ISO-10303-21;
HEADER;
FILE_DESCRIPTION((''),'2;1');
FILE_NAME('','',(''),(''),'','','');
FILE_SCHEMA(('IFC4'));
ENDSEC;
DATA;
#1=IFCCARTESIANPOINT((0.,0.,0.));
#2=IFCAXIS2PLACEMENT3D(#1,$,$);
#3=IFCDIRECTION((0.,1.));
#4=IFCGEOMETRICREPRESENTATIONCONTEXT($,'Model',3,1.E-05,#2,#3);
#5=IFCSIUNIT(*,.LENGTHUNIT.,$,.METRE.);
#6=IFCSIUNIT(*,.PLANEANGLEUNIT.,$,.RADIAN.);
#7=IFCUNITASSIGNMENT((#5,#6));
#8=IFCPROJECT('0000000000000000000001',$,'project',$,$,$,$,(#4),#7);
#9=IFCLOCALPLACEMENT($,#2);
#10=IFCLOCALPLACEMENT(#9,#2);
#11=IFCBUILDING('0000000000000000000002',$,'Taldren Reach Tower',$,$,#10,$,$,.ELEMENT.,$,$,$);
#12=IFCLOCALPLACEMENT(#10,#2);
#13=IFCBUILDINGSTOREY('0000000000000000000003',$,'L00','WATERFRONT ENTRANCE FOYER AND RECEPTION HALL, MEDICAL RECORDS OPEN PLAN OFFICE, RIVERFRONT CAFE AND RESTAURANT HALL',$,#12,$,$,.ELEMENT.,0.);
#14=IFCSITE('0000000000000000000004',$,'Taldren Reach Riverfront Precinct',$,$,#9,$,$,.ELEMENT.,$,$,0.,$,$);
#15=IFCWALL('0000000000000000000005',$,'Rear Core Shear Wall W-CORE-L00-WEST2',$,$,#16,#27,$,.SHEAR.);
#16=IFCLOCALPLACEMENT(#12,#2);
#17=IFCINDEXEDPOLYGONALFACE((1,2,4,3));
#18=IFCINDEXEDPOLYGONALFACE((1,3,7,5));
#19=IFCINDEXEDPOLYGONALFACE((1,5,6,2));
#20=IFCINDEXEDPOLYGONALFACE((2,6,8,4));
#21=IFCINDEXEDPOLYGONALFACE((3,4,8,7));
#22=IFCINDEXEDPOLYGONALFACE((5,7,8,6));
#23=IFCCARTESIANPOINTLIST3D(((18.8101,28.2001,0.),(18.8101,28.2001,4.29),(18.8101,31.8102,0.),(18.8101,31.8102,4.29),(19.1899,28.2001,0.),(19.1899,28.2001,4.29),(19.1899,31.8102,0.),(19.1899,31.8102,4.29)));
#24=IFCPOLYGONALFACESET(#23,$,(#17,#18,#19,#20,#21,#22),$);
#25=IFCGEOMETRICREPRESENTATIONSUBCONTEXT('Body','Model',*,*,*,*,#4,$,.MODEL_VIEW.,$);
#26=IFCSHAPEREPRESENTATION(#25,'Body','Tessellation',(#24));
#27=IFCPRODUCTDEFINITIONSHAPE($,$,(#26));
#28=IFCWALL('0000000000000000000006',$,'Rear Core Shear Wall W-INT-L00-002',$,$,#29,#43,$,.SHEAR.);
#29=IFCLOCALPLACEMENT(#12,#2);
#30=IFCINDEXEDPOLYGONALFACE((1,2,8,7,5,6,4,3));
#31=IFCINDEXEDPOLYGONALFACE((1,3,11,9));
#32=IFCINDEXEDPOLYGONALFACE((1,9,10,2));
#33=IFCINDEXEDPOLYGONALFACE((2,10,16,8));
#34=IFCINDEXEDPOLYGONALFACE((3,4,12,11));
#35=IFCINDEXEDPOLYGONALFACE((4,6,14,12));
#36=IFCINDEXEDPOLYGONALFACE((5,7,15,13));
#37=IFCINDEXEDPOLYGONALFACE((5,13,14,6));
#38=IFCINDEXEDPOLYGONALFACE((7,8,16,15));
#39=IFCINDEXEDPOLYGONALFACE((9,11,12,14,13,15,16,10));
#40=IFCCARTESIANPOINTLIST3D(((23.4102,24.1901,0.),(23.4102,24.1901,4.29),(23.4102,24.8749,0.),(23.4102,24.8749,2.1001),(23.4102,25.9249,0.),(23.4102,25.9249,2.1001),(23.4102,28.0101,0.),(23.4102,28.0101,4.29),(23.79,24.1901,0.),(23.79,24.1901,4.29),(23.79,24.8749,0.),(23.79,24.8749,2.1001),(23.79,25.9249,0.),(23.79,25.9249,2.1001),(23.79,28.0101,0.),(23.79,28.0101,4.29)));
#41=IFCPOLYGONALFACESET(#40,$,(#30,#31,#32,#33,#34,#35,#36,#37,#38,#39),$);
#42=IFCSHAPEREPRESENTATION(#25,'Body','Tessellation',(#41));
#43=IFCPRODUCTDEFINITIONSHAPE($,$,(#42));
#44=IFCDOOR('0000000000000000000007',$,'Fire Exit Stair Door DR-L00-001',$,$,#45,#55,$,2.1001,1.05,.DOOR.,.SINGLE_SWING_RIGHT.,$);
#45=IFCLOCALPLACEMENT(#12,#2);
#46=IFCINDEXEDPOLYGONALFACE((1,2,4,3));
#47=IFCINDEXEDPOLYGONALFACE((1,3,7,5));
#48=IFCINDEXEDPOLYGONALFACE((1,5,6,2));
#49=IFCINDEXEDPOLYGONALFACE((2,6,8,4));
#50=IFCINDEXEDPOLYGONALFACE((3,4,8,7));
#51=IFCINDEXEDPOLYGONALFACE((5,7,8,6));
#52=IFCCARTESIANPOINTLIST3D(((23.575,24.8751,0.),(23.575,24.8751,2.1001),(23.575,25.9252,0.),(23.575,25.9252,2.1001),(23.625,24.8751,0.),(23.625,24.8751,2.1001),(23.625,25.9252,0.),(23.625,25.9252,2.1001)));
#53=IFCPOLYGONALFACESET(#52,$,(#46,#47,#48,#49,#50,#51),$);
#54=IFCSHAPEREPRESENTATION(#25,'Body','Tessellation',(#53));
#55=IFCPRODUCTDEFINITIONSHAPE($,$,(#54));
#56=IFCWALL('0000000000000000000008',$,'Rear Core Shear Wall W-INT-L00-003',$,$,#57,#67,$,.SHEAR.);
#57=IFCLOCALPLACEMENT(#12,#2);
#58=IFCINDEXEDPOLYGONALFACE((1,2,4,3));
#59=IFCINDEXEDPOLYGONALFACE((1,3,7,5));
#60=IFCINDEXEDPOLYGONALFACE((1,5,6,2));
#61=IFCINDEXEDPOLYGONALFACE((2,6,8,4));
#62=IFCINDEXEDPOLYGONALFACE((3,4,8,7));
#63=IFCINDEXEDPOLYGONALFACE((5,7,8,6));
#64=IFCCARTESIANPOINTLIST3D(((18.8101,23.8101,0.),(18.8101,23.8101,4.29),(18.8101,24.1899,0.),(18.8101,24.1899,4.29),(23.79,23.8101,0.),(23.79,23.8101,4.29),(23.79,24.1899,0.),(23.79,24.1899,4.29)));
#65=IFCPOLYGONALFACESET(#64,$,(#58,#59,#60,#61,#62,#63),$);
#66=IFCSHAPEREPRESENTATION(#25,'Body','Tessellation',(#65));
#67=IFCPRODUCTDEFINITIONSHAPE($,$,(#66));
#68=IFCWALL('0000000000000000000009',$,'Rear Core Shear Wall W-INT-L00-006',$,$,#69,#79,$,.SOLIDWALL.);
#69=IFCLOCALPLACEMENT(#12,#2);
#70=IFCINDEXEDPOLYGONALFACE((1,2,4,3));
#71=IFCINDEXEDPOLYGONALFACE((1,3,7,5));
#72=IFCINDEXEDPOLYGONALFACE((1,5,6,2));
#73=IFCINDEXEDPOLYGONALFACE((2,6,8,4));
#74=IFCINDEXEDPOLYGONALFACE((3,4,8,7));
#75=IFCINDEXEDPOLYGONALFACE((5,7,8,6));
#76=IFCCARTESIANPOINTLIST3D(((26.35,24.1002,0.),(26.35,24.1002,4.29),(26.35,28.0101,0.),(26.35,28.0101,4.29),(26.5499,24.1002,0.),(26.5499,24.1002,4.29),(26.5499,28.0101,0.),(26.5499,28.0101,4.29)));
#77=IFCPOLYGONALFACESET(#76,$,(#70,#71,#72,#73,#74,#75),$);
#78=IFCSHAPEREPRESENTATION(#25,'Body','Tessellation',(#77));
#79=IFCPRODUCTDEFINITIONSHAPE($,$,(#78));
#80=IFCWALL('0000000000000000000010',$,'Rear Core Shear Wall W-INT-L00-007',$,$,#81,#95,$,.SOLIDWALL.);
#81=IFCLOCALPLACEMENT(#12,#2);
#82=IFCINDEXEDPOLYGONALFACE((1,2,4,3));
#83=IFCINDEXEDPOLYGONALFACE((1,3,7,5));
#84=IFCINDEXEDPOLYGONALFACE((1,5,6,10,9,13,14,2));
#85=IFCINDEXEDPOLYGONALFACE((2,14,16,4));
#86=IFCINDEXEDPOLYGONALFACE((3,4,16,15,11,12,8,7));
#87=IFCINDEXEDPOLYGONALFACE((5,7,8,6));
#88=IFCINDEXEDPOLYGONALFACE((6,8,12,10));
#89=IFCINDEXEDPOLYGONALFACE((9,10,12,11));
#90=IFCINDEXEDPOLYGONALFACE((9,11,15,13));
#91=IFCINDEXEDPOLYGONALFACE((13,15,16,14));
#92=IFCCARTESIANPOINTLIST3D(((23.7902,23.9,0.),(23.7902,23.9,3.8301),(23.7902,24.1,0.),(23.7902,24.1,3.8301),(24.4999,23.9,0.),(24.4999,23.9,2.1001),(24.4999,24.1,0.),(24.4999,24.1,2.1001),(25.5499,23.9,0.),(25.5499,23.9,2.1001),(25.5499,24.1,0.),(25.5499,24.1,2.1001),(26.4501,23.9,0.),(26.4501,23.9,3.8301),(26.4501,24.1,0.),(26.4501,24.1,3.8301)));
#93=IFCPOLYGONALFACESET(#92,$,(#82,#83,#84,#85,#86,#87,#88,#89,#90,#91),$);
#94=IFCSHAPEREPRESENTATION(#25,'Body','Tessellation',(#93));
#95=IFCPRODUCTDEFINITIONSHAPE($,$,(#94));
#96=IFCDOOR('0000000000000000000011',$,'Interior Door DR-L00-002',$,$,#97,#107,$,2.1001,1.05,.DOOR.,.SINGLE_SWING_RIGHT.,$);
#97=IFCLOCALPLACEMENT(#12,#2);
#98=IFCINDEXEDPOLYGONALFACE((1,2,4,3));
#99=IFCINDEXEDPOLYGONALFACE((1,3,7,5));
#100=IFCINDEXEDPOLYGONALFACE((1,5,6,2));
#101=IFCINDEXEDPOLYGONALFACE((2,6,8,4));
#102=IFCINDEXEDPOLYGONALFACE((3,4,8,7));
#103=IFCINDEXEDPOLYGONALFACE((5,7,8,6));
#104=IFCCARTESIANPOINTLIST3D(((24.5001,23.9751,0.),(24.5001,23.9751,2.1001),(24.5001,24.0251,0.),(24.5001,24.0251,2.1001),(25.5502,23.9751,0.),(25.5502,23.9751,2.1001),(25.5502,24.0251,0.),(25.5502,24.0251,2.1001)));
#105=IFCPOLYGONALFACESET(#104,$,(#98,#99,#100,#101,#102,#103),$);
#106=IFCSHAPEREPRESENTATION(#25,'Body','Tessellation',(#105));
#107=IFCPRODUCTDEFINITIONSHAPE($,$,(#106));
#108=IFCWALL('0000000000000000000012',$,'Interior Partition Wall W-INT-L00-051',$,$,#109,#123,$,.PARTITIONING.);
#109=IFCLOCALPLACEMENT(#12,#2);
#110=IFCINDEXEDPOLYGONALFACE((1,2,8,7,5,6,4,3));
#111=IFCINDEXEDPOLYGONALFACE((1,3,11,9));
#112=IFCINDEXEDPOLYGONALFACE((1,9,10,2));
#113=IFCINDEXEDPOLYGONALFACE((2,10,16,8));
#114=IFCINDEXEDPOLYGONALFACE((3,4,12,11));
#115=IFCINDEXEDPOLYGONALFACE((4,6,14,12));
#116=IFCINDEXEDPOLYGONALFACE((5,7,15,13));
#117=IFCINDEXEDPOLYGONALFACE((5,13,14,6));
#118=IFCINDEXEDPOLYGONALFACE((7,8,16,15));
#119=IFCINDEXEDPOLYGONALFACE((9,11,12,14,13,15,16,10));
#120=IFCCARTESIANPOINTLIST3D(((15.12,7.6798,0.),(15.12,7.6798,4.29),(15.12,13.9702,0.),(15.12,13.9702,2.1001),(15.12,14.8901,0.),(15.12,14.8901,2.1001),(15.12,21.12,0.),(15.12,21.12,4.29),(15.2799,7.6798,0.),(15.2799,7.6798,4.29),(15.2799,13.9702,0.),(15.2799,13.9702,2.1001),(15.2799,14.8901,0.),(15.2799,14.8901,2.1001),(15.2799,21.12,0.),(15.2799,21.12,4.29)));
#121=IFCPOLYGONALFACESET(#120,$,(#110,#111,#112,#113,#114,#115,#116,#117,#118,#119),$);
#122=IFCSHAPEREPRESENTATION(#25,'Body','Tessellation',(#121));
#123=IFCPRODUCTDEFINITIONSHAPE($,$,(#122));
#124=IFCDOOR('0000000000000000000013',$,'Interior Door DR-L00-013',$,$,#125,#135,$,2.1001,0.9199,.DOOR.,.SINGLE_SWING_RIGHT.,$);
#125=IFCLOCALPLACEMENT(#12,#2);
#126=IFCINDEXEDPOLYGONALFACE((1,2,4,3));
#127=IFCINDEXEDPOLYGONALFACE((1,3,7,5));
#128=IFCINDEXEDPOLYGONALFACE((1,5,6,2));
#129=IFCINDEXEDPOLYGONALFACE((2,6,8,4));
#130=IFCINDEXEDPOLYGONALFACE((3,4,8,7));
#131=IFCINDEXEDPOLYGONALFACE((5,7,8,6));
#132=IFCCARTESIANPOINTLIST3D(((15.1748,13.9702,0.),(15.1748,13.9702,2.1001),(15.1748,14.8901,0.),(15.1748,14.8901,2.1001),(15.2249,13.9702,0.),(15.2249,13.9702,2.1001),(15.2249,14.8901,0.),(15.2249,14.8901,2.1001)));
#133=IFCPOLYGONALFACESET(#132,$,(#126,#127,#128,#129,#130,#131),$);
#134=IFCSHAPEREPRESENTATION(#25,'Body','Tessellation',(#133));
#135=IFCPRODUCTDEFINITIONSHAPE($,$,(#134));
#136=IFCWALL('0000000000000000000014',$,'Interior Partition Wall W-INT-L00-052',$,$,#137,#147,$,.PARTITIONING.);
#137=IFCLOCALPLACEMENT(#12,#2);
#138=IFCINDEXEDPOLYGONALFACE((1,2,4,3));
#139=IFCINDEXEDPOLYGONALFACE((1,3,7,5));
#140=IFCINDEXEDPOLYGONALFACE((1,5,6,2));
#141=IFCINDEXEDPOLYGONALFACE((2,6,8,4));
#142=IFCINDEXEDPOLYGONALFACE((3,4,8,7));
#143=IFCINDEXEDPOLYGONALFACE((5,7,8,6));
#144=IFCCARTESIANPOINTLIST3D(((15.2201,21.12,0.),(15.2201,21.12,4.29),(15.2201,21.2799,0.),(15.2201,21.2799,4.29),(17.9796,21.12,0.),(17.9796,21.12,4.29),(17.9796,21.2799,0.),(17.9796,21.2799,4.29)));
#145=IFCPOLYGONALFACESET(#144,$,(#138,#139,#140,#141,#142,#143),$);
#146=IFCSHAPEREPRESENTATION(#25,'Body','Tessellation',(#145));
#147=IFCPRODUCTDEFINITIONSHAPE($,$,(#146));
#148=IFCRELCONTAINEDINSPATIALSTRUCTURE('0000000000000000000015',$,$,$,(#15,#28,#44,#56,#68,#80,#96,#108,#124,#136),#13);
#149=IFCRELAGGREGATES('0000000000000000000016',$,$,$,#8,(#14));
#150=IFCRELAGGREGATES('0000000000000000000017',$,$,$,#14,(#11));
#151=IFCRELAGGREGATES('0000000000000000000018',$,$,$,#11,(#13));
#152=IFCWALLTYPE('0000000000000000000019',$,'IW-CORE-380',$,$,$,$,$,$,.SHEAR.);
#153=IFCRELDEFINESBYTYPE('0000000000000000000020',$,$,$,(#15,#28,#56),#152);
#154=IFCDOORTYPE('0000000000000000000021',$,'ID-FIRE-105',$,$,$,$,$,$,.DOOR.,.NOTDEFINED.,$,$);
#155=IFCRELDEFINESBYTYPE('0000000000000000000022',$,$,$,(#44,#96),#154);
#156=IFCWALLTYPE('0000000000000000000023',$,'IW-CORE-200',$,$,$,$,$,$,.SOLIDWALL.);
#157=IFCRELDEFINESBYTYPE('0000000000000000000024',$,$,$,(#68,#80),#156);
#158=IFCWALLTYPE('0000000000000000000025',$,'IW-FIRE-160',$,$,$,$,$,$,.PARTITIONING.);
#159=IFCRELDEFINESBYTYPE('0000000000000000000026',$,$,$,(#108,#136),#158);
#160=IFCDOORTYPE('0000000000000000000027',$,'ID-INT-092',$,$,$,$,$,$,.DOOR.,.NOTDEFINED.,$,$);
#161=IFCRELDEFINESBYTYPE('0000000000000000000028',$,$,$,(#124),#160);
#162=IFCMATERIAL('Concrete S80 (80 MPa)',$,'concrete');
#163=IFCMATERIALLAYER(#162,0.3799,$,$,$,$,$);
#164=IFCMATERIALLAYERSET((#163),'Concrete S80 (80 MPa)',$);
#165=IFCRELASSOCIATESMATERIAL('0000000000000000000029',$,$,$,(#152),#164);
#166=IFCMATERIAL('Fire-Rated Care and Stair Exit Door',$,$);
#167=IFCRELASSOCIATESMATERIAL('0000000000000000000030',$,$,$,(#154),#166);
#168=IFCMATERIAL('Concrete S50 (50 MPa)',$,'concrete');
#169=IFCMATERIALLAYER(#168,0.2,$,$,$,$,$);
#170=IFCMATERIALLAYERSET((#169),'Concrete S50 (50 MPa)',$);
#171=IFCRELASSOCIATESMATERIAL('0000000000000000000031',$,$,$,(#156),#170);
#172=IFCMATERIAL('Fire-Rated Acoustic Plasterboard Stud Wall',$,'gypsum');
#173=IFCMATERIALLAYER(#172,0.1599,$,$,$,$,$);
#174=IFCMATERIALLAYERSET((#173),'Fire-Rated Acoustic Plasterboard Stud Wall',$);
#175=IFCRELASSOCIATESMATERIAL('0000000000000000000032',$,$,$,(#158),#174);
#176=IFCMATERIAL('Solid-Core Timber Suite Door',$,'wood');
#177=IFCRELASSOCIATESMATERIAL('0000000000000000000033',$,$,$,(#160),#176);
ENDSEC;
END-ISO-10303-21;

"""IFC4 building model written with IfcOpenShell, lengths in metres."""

from ifc_helpers import new_model, si_unit, direction, frame, frame_2d, origin, place, context, subcontext, project, spatial, rectangle, extrude, source, transform, mapped, material, layer, layer_set, type_object, element, fill, save


model = new_model("IFC4")

# Units and contexts
model_context = context("Model", 3, precision=1e-05, world=origin(), true_north=direction((0.0, 1.0)))
body_context = subcontext(model_context, "Body", "Model", "MODEL_VIEW")
ifc_project = project(units=[si_unit("LENGTHUNIT", "METRE"), si_unit("PLANEANGLEUNIT", "RADIAN")], contexts=[model_context])

# Site, building, storey
site_placement = place(None, origin())
site = spatial("IfcSite", under=ifc_project, at=site_placement, Name="Taldren Reach Riverfront Precinct", CompositionType="ELEMENT", RefElevation=0.0)
building_placement = place(site_placement, origin())
building = spatial("IfcBuilding", under=site, at=building_placement, Name="Taldren Reach Tower", CompositionType="ELEMENT")
storey_placement = place(building_placement, origin())
storey = spatial("IfcBuildingStorey", under=building, at=storey_placement, Name="L00", Description="WATERFRONT ENTRANCE FOYER AND RECEPTION HALL, MEDICAL RECORDS OPEN PLAN OFFICE, RIVERFRONT CAFE AND RESTAURANT HALL", CompositionType="ELEMENT", Elevation=0.0)

# Shared definitions
ifc_material_1 = material(Name="Concrete S80 (80 MPa)", Category="concrete")
ifc_layer_1 = layer(ifc_material_1, 0.3799)
ifc_layer_set_1 = layer_set([ifc_layer_1], Name="Concrete S80 (80 MPa)")
wall_type_1 = type_object("IfcWallType", Name="IW-CORE-380", PredefinedType="SHEAR", material=ifc_layer_set_1)
shared_shape_1 = source(origin(), body_context, "Body", "SweptSolid", [
    extrude(rectangle(XDim=1.05, YDim=2.1001, at=frame_2d((0.5249, 1.05))), frame((0.0, 0.2, 0.0), z_axis=(0.0, -1.0, 0.0), x_axis=(1.0, 0.0, 0.0)), (0.0, 0.0, 1.0), 0.3999),
])
ifc_material_2 = material(Name="Fire-Rated Care and Stair Exit Door")
door_type_1 = type_object("IfcDoorType", Name="ID-FIRE-105", OperationType="NOTDEFINED", PredefinedType="DOOR", material=ifc_material_2)
shared_shape_2 = source(origin(), body_context, "Body", "SweptSolid", [
    extrude(rectangle(XDim=1.05, YDim=2.1001, at=frame_2d((0.5249, 1.05))), frame((0.0, 0.0249, 0.0), z_axis=(0.0, -1.0, 0.0), x_axis=(1.0, 0.0, 0.0)), (0.0, 0.0, 1.0), 0.05),
])

# Wall
shared_shape_3 = source(origin(), body_context, "Body", "SweptSolid", [
    extrude(rectangle(XDim=3.6101, YDim=0.3799, at=frame_2d((1.8052, 0.0))), origin(), (0.0, 0.0, 1.0), 4.29),
])
wall_1_placement = place(storey_placement, frame((19.0, 28.2, 0.0), z_axis=(0.0, 0.0, 1.0), x_axis=(0.0, 1.0, 0.0)))
element("IfcWall", 1, at=wall_1_placement, inside=storey, type_object=wall_type_1, Name="Rear Core Shear Wall W-CORE-L00-WEST2", PredefinedType="SHEAR", context=body_context, shape_type="MappedRepresentation", body=[
    mapped(shared_shape_3, transform((0.0, 0.0, 0.0), scale=1.0)),
])

# Wall, opening, door
shared_shape_4 = source(origin(), body_context, "Body", "SweptSolid", [
    extrude(rectangle(XDim=3.8201, YDim=0.3799, at=frame_2d((1.9102, 0.0))), origin(), (0.0, 0.0, 1.0), 4.29),
])
wall_2_placement = place(storey_placement, frame((23.6001, 24.1899, 0.0), z_axis=(0.0, 0.0, 1.0), x_axis=(0.0, 1.0, 0.0)))
wall_2 = element("IfcWall", 2, at=wall_2_placement, inside=storey, type_object=wall_type_1, Name="Rear Core Shear Wall W-INT-L00-002", PredefinedType="SHEAR", context=body_context, shape_type="MappedRepresentation", body=[
    mapped(shared_shape_4, transform((0.0, 0.0, 0.0), scale=1.0)),
])
opening_1_placement = place(wall_2_placement, frame((0.6851, 0.0, 0.0)))
opening_1 = element("IfcOpeningElement", 3, at=opening_1_placement, cuts=wall_2, PredefinedType="OPENING", context=body_context, shape_type="MappedRepresentation", body=[
    mapped(shared_shape_1, transform((0.0, 0.0, 0.0), scale=1.0)),
])
door_1_placement = place(opening_1_placement, frame((1.05, 0.0, 0.0), z_axis=(0.0, 0.0, 1.0), x_axis=(-1.0, 0.0, 0.0)))
door_1 = element("IfcDoor", 4, at=door_1_placement, inside=storey, type_object=door_type_1, Name="Fire Exit Stair Door DR-L00-001", OperationType="SINGLE_SWING_RIGHT", OverallHeight=2.1001, OverallWidth=1.05, PredefinedType="DOOR", context=body_context, shape_type="MappedRepresentation", body=[
    mapped(shared_shape_2, transform((0.0, 0.0, 0.0), scale=1.0)),
])
fill(opening_1, door_1)

# Walls
shared_shape_5 = source(origin(), body_context, "Body", "SweptSolid", [
    extrude(rectangle(XDim=4.98, YDim=0.3799, at=frame_2d((2.49, 0.0))), origin(), (0.0, 0.0, 1.0), 4.29),
])
wall_3_placement = place(storey_placement, frame((18.8101, 24.0, 0.0), z_axis=(0.0, 0.0, 1.0), x_axis=(1.0, 0.0, 0.0)))
element("IfcWall", 5, at=wall_3_placement, inside=storey, type_object=wall_type_1, Name="Rear Core Shear Wall W-INT-L00-003", PredefinedType="SHEAR", context=body_context, shape_type="MappedRepresentation", body=[
    mapped(shared_shape_5, transform((0.0, 0.0, 0.0), scale=1.0)),
])
ifc_material_3 = material(Name="Concrete S50 (50 MPa)", Category="concrete")
ifc_layer_2 = layer(ifc_material_3, 0.2)
ifc_layer_set_2 = layer_set([ifc_layer_2], Name="Concrete S50 (50 MPa)")
wall_type_2 = type_object("IfcWallType", Name="IW-CORE-200", PredefinedType="SOLIDWALL", material=ifc_layer_set_2)
shared_shape_6 = source(origin(), body_context, "Body", "SweptSolid", [
    extrude(rectangle(XDim=3.9099, YDim=0.2, at=frame_2d((1.9551, 0.0))), origin(), (0.0, 0.0, 1.0), 4.29),
])
wall_4_placement = place(storey_placement, frame((26.45, 24.1001, 0.0), z_axis=(0.0, 0.0, 1.0), x_axis=(0.0, 1.0, 0.0)))
element("IfcWall", 6, at=wall_4_placement, inside=storey, type_object=wall_type_2, Name="Rear Core Shear Wall W-INT-L00-006", PredefinedType="SOLIDWALL", context=body_context, shape_type="MappedRepresentation", body=[
    mapped(shared_shape_6, transform((0.0, 0.0, 0.0), scale=1.0)),
])

# Walls, openings, doors
shared_shape_7 = source(origin(), body_context, "Body", "SweptSolid", [
    extrude(rectangle(XDim=2.6599, YDim=0.2, at=frame_2d((1.3301, 0.0))), origin(), (0.0, 0.0, 1.0), 3.8301),
])
wall_5_placement = place(storey_placement, frame((23.79, 24.0, 0.0), z_axis=(0.0, 0.0, 1.0), x_axis=(1.0, 0.0, 0.0)))
wall_5 = element("IfcWall", 7, at=wall_5_placement, inside=storey, type_object=wall_type_2, Name="Rear Core Shear Wall W-INT-L00-007", PredefinedType="SOLIDWALL", context=body_context, shape_type="MappedRepresentation", body=[
    mapped(shared_shape_7, transform((0.0, 0.0, 0.0), scale=1.0)),
])
shared_shape_8 = source(origin(), body_context, "Body", "SweptSolid", [
    extrude(rectangle(XDim=1.05, YDim=2.1001, at=frame_2d((0.5249, 1.05))), frame((0.0, 0.1099, 0.0), z_axis=(0.0, -1.0, 0.0), x_axis=(1.0, 0.0, 0.0)), (0.0, 0.0, 1.0), 0.22),
])
opening_2_placement = place(wall_5_placement, frame((0.71, 0.0, 0.0)))
opening_2 = element("IfcOpeningElement", 8, at=opening_2_placement, cuts=wall_5, PredefinedType="OPENING", context=body_context, shape_type="MappedRepresentation", body=[
    mapped(shared_shape_8, transform((0.0, 0.0, 0.0), scale=1.0)),
])
door_2_placement = place(opening_2_placement, frame((1.05, 0.0, 0.0), z_axis=(0.0, 0.0, 1.0), x_axis=(-1.0, 0.0, 0.0)))
door_2 = element("IfcDoor", 9, at=door_2_placement, inside=storey, type_object=door_type_1, Name="Interior Door DR-L00-002", OperationType="SINGLE_SWING_RIGHT", OverallHeight=2.1001, OverallWidth=1.05, PredefinedType="DOOR", context=body_context, shape_type="MappedRepresentation", body=[
    mapped(shared_shape_2, transform((0.0, 0.0, 0.0), scale=1.0)),
])
fill(opening_2, door_2)
ifc_material_4 = material(Name="Fire-Rated Acoustic Plasterboard Stud Wall", Category="gypsum")
ifc_layer_3 = layer(ifc_material_4, 0.1599)
ifc_layer_set_3 = layer_set([ifc_layer_3], Name="Fire-Rated Acoustic Plasterboard Stud Wall")
wall_type_3 = type_object("IfcWallType", Name="IW-FIRE-160", PredefinedType="PARTITIONING", material=ifc_layer_set_3)
shared_shape_9 = source(origin(), body_context, "Body", "SweptSolid", [
    extrude(rectangle(XDim=13.4402, YDim=0.1599, at=frame_2d((6.7202, 0.0))), origin(), (0.0, 0.0, 1.0), 4.29),
])
wall_6_placement = place(storey_placement, frame((15.2, 21.1201, 0.0), z_axis=(0.0, 0.0, 1.0), x_axis=(0.0, -1.0, 0.0)))
wall_6 = element("IfcWall", 10, at=wall_6_placement, inside=storey, type_object=wall_type_3, Name="Interior Partition Wall W-INT-L00-051", PredefinedType="PARTITIONING", context=body_context, shape_type="MappedRepresentation", body=[
    mapped(shared_shape_9, transform((0.0, 0.0, 0.0), scale=1.0)),
])
shared_shape_10 = source(origin(), body_context, "Body", "SweptSolid", [
    extrude(rectangle(XDim=0.9199, YDim=2.1001, at=frame_2d((0.46, 1.05))), frame((0.0, 0.0898, 0.0), z_axis=(0.0, -1.0, 0.0), x_axis=(1.0, 0.0, 0.0)), (0.0, 0.0, 1.0), 0.1799),
])
opening_3_placement = place(wall_6_placement, frame((6.23, 0.0, 0.0)))
opening_3 = element("IfcOpeningElement", 11, at=opening_3_placement, cuts=wall_6, PredefinedType="OPENING", context=body_context, shape_type="MappedRepresentation", body=[
    mapped(shared_shape_10, transform((0.0, 0.0, 0.0), scale=1.0)),
])
ifc_material_5 = material(Name="Solid-Core Timber Suite Door", Category="wood")
door_type_2 = type_object("IfcDoorType", Name="ID-INT-092", OperationType="NOTDEFINED", PredefinedType="DOOR", material=ifc_material_5)
shared_shape_11 = source(origin(), body_context, "Body", "SweptSolid", [
    extrude(rectangle(XDim=0.9199, YDim=2.1001, at=frame_2d((0.46, 1.05))), frame((0.0, 0.0249, 0.0), z_axis=(0.0, -1.0, 0.0), x_axis=(1.0, 0.0, 0.0)), (0.0, 0.0, 1.0), 0.05),
])
door_3_placement = place(opening_3_placement, origin())
door_3 = element("IfcDoor", 12, at=door_3_placement, inside=storey, type_object=door_type_2, Name="Interior Door DR-L00-013", OperationType="SINGLE_SWING_RIGHT", OverallHeight=2.1001, OverallWidth=0.9199, PredefinedType="DOOR", context=body_context, shape_type="MappedRepresentation", body=[
    mapped(shared_shape_11, transform((0.0, 0.0, 0.0), scale=1.0)),
])
fill(opening_3, door_3)

# Wall
shared_shape_12 = source(origin(), body_context, "Body", "SweptSolid", [
    extrude(rectangle(XDim=2.7595, YDim=0.1599, at=frame_2d((1.3799, 0.0))), origin(), (0.0, 0.0, 1.0), 4.29),
])
wall_7_placement = place(storey_placement, frame((17.9797, 21.2, 0.0), z_axis=(0.0, 0.0, 1.0), x_axis=(-1.0, 0.0, 0.0)))
element("IfcWall", 13, at=wall_7_placement, inside=storey, type_object=wall_type_3, Name="Interior Partition Wall W-INT-L00-052", PredefinedType="PARTITIONING", context=body_context, shape_type="MappedRepresentation", body=[
    mapped(shared_shape_12, transform((0.0, 0.0, 0.0), scale=1.0)),
])

save(model, "model.ifc")
